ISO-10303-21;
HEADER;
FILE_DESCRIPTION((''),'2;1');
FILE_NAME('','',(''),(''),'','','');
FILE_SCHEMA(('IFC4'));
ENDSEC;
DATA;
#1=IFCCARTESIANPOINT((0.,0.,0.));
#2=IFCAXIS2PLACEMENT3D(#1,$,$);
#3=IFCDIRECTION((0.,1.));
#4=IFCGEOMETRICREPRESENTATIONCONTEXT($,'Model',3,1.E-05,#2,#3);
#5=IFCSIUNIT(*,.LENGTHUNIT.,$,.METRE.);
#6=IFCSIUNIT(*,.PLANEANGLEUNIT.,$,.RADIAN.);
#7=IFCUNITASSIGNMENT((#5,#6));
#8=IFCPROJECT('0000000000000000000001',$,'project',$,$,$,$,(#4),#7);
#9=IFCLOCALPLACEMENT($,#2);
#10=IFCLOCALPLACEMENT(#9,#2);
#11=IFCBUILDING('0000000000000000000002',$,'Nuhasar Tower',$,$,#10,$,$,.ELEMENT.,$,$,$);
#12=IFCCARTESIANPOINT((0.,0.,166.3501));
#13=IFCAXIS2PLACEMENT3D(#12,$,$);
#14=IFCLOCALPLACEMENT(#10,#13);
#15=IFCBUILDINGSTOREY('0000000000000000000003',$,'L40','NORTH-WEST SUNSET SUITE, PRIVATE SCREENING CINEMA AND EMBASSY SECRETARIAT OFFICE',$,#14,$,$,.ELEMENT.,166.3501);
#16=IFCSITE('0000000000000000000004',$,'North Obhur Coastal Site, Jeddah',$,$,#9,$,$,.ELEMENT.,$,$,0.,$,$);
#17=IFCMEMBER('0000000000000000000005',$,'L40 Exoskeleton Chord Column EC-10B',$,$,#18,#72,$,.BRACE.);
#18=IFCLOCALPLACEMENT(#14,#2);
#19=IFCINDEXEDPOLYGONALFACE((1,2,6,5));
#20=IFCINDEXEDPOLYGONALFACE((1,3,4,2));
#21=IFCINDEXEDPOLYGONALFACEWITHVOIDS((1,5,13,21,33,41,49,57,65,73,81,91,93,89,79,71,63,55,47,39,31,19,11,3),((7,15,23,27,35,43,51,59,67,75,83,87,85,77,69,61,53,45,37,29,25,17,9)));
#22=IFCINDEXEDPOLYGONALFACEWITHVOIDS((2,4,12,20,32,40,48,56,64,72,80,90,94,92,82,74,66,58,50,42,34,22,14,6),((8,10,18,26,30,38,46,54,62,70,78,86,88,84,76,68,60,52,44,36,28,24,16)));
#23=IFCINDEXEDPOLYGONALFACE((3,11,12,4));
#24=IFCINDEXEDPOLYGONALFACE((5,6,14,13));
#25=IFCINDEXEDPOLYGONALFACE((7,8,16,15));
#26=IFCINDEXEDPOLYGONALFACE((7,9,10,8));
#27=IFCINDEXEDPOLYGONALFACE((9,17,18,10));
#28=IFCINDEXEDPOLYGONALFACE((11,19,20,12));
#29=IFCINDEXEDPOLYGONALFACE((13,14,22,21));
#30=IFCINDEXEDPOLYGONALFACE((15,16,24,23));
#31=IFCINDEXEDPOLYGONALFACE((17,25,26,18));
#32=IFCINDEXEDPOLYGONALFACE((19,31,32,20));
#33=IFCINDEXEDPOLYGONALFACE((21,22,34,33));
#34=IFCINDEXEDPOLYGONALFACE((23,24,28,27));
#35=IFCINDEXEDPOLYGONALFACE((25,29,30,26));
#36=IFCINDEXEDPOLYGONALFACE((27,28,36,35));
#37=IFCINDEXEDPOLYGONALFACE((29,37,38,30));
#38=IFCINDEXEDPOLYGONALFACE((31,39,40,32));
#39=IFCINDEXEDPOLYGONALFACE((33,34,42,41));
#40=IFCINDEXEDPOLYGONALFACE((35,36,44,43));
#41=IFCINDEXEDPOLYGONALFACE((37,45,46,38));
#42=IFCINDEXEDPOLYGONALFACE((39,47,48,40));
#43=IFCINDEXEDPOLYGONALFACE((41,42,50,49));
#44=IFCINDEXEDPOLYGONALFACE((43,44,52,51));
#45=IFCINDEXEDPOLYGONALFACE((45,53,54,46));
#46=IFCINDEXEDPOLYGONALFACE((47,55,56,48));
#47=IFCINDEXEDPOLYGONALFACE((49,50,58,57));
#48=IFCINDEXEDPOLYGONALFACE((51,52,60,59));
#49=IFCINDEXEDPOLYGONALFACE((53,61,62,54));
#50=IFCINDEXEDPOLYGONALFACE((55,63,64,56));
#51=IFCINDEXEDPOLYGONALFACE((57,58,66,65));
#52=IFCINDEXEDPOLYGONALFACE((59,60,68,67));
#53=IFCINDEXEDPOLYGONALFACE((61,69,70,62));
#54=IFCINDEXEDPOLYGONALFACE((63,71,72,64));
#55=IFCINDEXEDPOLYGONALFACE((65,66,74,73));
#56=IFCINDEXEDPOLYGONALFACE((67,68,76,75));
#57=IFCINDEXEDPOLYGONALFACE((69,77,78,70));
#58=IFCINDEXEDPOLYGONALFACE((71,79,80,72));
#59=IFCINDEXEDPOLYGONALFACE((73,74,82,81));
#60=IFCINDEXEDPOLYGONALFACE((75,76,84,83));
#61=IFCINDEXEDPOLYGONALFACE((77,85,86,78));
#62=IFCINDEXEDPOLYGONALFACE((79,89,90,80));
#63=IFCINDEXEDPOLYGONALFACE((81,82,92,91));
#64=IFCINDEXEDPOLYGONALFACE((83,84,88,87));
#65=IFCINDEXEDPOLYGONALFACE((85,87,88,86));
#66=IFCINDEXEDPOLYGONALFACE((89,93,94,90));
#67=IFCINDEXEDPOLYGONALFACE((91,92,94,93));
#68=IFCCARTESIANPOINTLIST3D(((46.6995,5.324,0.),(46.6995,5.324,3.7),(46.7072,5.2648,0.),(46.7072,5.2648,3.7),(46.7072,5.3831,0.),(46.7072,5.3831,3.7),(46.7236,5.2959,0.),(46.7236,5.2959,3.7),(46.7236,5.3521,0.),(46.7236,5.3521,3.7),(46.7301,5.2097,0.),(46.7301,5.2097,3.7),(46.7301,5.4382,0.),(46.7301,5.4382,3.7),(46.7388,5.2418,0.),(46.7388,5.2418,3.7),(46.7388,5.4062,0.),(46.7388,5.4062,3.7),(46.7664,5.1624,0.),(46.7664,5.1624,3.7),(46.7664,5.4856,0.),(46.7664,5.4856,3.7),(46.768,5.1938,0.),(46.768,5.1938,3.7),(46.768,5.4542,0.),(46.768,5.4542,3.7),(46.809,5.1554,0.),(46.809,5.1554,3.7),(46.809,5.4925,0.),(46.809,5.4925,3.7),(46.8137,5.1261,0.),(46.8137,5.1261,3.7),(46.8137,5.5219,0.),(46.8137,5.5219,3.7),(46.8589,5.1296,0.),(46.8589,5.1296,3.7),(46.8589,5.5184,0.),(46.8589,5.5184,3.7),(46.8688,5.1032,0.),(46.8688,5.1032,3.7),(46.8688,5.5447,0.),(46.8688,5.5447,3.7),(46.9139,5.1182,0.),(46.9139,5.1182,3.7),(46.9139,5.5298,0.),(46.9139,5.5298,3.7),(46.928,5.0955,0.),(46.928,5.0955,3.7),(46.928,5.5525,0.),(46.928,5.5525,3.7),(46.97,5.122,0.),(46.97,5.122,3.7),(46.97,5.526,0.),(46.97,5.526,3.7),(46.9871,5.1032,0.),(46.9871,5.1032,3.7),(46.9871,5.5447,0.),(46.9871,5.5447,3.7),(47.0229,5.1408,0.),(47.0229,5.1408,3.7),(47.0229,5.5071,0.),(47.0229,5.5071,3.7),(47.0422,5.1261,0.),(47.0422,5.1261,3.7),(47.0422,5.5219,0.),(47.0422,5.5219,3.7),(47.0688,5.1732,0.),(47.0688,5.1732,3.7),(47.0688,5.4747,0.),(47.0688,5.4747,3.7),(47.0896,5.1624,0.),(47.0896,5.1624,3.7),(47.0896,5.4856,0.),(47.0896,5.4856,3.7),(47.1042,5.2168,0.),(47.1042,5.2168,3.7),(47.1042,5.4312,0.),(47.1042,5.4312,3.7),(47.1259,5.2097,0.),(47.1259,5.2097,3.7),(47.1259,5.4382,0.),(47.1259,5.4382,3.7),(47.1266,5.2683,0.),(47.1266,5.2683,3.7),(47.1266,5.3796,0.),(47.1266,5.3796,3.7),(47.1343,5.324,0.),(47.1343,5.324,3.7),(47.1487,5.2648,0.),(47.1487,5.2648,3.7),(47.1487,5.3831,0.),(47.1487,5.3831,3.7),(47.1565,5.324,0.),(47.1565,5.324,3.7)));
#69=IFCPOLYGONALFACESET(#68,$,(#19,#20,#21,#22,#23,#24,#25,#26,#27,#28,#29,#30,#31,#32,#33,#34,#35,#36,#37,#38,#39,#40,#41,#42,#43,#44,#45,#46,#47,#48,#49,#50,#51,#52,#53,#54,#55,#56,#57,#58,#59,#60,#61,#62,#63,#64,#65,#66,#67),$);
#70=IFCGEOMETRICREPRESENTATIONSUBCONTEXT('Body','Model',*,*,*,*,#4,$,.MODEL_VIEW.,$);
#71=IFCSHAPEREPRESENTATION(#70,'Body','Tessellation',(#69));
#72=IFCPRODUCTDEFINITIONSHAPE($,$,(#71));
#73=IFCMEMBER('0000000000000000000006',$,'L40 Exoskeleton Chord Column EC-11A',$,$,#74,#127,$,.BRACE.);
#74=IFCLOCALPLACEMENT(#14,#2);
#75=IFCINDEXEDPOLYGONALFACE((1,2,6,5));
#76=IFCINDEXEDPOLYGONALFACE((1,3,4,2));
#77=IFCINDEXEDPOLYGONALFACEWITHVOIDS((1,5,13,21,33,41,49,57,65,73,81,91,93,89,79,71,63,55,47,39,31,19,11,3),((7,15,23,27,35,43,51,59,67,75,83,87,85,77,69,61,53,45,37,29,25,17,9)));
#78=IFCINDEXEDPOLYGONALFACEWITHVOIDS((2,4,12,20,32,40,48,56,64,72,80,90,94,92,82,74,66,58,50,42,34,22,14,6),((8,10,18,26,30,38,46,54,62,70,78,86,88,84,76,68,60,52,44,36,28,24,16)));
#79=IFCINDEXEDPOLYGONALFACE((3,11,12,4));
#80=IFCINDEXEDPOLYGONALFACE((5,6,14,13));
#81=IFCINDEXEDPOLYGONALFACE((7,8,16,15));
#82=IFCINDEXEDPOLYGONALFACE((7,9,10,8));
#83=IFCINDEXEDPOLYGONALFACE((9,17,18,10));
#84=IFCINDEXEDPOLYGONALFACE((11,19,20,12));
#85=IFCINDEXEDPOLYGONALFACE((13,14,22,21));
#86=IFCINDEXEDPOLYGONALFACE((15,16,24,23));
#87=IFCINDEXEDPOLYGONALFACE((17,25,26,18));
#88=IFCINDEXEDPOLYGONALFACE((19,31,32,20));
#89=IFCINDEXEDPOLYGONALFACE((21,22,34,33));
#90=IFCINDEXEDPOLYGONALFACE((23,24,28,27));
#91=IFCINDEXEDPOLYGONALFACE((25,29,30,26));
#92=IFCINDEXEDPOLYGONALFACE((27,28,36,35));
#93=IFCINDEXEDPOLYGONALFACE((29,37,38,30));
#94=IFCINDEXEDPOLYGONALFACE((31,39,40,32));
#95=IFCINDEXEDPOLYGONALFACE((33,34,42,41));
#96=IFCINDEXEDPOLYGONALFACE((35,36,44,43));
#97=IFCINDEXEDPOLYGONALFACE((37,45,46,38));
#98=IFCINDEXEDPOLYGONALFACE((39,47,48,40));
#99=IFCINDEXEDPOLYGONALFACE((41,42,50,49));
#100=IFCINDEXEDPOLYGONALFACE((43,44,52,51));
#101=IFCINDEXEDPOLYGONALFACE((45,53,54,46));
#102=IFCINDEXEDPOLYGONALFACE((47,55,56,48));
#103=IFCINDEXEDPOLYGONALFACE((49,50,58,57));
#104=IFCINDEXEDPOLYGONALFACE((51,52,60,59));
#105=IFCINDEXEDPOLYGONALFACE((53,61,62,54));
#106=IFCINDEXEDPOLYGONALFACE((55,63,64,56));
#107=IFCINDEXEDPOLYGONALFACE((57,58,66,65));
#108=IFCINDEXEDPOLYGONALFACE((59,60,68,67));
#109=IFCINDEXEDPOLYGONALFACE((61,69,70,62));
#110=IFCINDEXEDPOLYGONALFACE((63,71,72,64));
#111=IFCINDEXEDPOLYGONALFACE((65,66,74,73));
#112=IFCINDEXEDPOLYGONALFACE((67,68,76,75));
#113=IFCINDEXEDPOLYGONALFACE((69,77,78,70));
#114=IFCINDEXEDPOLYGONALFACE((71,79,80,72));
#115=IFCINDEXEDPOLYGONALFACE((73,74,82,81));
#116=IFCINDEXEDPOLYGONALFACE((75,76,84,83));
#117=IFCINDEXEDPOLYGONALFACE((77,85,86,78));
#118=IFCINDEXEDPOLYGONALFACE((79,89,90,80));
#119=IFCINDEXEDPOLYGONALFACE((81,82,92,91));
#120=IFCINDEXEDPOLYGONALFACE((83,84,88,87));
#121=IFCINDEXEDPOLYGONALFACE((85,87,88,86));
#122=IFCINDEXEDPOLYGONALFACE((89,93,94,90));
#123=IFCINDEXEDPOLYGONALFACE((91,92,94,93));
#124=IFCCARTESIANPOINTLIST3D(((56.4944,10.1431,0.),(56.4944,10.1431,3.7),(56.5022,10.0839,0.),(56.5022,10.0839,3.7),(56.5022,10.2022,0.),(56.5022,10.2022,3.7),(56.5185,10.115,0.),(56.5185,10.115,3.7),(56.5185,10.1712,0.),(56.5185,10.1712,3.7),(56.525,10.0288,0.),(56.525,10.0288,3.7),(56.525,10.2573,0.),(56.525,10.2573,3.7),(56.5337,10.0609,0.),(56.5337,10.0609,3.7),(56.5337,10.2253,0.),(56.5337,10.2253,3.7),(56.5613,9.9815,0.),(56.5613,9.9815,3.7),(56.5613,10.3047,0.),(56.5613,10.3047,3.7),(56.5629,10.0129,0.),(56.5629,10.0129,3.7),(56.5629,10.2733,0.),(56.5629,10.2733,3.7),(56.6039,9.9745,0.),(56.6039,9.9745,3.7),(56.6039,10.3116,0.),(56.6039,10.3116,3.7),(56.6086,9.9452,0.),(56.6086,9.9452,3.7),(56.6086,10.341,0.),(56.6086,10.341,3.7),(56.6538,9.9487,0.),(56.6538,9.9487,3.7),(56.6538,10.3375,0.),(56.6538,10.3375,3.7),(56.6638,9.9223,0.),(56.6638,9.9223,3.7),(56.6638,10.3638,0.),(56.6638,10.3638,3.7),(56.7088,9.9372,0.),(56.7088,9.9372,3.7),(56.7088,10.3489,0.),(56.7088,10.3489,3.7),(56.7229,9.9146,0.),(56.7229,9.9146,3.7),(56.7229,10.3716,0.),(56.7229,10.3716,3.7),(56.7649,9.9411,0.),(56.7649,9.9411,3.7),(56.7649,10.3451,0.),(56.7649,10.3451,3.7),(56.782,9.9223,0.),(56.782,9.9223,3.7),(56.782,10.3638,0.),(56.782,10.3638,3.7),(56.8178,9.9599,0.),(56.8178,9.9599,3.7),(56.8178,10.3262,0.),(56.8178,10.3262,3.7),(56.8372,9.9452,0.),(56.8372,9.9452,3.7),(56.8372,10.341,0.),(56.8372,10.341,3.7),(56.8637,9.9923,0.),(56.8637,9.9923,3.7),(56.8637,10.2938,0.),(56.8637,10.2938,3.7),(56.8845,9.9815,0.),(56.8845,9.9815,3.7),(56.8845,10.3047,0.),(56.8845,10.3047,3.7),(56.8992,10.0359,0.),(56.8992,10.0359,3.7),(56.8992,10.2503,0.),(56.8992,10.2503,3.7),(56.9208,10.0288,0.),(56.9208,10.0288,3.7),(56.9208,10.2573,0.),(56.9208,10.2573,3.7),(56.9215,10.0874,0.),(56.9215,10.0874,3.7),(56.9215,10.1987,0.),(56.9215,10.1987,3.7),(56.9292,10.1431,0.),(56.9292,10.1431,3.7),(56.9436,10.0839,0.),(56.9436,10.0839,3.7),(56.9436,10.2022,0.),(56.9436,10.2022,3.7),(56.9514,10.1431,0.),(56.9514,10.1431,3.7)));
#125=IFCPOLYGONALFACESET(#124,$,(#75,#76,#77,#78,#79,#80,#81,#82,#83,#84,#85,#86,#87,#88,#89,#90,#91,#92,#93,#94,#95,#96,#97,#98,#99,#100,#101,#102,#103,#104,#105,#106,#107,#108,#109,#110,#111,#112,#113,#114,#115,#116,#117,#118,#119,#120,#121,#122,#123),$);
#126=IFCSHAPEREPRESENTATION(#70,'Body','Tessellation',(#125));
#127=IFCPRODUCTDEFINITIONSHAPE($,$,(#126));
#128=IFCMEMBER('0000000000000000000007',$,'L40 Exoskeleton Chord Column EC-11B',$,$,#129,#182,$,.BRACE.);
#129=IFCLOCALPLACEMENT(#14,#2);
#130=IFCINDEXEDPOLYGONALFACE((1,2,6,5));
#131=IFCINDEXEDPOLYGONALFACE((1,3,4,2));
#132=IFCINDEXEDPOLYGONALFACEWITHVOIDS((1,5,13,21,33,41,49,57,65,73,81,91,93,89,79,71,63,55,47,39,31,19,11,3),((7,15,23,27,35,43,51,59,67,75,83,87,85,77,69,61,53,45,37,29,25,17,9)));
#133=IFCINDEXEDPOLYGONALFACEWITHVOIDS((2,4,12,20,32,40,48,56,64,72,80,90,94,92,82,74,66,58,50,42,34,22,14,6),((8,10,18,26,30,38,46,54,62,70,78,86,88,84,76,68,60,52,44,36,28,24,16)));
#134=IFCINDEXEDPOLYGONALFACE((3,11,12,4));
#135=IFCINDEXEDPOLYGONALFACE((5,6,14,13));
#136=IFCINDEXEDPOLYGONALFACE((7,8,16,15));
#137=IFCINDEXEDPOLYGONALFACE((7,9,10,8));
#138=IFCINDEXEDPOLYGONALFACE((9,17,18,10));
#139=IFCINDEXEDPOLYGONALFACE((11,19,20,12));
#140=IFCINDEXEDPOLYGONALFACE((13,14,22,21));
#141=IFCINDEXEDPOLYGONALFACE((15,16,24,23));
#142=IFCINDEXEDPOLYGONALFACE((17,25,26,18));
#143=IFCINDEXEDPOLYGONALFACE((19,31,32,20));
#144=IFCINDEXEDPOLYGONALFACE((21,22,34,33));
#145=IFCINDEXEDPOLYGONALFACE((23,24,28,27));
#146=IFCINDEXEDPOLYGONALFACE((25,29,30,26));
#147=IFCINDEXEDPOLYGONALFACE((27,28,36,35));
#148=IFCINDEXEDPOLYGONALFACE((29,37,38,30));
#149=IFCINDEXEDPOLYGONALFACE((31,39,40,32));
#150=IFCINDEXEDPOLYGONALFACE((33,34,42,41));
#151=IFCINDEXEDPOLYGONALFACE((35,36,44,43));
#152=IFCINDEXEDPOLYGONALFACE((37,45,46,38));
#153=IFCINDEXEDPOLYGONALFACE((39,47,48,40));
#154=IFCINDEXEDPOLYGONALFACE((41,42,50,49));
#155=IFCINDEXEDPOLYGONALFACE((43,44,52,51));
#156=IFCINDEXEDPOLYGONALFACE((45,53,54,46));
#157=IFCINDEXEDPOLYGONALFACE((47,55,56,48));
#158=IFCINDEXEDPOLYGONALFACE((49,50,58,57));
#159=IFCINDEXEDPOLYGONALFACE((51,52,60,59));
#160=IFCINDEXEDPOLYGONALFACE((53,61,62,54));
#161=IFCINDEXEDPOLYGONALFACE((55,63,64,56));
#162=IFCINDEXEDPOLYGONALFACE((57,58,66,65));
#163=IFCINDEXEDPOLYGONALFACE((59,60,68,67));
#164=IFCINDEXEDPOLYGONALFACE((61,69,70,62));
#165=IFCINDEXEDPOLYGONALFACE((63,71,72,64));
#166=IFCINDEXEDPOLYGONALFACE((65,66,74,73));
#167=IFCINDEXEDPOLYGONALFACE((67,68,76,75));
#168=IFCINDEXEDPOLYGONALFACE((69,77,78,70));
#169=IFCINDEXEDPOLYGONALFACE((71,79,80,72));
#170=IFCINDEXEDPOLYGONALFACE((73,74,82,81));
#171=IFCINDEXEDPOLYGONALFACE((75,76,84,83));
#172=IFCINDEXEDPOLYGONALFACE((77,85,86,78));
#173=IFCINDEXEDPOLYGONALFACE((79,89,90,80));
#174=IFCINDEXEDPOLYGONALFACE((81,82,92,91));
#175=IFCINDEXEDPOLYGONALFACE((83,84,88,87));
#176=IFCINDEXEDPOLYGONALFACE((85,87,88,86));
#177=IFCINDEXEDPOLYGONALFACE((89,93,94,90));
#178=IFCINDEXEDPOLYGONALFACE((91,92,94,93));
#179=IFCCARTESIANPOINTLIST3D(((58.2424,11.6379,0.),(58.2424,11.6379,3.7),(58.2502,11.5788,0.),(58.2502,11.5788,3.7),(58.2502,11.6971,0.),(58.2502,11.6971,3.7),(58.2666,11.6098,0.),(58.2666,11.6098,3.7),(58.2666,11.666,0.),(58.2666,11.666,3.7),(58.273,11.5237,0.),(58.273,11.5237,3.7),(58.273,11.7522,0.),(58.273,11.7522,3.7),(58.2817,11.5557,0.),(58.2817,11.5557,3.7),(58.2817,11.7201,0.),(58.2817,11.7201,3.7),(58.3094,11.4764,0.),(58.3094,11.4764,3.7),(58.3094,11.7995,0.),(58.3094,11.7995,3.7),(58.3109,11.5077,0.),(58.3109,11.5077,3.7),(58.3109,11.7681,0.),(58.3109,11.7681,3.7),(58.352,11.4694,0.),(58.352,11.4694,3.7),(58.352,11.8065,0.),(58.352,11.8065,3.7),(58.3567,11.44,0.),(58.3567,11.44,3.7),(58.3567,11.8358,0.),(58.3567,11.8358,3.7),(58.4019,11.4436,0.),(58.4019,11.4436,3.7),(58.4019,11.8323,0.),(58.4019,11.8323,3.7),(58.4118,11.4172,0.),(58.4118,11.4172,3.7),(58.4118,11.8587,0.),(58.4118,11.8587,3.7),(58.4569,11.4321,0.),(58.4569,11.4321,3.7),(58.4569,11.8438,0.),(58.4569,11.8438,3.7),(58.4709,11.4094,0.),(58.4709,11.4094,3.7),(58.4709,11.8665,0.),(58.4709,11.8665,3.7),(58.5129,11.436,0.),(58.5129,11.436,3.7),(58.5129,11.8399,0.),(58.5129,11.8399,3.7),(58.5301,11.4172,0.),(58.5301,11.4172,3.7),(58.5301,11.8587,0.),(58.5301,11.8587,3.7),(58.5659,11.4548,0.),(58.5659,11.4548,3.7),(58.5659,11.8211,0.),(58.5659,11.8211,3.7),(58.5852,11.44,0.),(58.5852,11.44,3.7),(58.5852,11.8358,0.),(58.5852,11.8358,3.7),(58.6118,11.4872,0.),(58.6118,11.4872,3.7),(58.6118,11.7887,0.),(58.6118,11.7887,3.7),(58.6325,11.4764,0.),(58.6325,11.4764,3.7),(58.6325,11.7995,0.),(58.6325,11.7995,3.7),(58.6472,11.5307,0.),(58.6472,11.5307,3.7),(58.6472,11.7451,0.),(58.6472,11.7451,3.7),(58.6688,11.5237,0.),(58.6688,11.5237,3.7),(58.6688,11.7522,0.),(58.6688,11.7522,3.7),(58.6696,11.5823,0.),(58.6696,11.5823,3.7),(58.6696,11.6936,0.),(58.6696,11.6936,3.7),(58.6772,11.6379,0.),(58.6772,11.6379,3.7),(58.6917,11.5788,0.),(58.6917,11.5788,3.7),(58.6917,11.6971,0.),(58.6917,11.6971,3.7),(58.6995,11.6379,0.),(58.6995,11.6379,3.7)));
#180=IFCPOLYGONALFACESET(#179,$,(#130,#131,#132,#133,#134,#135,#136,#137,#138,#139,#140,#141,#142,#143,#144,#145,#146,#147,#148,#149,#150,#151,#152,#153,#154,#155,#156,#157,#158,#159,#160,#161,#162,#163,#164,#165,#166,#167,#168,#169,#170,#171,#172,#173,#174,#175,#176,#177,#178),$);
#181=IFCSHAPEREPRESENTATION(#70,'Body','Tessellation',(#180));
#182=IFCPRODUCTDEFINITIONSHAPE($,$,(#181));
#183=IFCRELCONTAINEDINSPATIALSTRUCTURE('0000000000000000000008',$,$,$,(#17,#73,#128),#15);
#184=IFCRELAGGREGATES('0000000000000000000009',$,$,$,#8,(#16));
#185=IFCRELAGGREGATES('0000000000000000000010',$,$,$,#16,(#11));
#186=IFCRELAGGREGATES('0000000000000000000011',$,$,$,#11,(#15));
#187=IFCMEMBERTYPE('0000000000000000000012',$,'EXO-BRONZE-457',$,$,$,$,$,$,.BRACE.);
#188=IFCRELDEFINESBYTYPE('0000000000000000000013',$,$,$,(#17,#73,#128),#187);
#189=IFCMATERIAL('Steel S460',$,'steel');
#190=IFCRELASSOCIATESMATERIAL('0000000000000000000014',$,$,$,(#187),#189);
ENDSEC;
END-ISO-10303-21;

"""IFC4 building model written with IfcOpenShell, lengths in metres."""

from ifc_helpers import new_model, si_unit, direction, frame, origin, origin_2d, place, context, subcontext, project, spatial, hollow_circle, extrude, material, material_profile, profile_set, type_object, element, save


model = new_model("IFC4")

# Units and contexts
model_context = context("Model", 3, precision=1e-05, world=origin(), true_north=direction((0.0, 1.0)))
body_context = subcontext(model_context, "Body", "Model", "MODEL_VIEW")
ifc_project = project(units=[si_unit("LENGTHUNIT", "METRE"), si_unit("PLANEANGLEUNIT", "RADIAN")], contexts=[model_context])

# Site, building, storey
site_placement = place(None, origin())
site = spatial("IfcSite", under=ifc_project, at=site_placement, Name="North Obhur Coastal Site, Jeddah", CompositionType="ELEMENT", RefElevation=0.0)
building_placement = place(site_placement, origin())
building = spatial("IfcBuilding", under=site, at=building_placement, Name="Nuhasar Tower", CompositionType="ELEMENT")
storey_placement = place(building_placement, frame((0.0, 0.0, 166.3501)))
storey = spatial("IfcBuildingStorey", under=building, at=storey_placement, Name="L40", Description="NORTH-WEST SUNSET SUITE, PRIVATE SCREENING CINEMA AND EMBASSY SECRETARIAT OFFICE", CompositionType="ELEMENT", Elevation=166.3501)

# Members
ifc_material_1 = material(Name="Steel S460", Category="steel")
ifc_material_profile_1 = material_profile(ifc_material_1, hollow_circle(Radius=0.2285, WallThickness=0.0222, at=origin_2d()), Name="HSS457X22.2")
ifc_profile_set_1 = profile_set([ifc_material_profile_1], Name="Steel S460")
member_type_1 = type_object("IfcMemberType", Name="EXO-BRONZE-457", PredefinedType="BRACE", material=ifc_profile_set_1)
for number, where, z_axis, x_axis, name in (
    (1, (46.928, 5.324, 0.0), (0.0, 0.0, 1.0), (1.0, 0.0, 0.0), "L40 Exoskeleton Chord Column EC-10B"),
    (2, (56.7229, 10.1431, 0.0), (0.0, 0.0, 1.0), (1.0, 0.0, 0.0), "L40 Exoskeleton Chord Column EC-11A"),
    (3, (58.4709, 11.6379, 0.0), (0.0, 0.0, 1.0), (1.0, 0.0, 0.0), "L40 Exoskeleton Chord Column EC-11B"),
):
    element("IfcMember", number, at=place(storey_placement, frame(where, z_axis=z_axis, x_axis=x_axis)), inside=storey, type_object=member_type_1, Name=name, PredefinedType="BRACE", context=body_context, shape_type="SweptSolid", body=[
        extrude(hollow_circle(Radius=0.2285, WallThickness=0.0222, at=origin_2d()), origin(), (0.0, 0.0, 1.0), 3.7),
    ])

save(model, "model.ifc")
